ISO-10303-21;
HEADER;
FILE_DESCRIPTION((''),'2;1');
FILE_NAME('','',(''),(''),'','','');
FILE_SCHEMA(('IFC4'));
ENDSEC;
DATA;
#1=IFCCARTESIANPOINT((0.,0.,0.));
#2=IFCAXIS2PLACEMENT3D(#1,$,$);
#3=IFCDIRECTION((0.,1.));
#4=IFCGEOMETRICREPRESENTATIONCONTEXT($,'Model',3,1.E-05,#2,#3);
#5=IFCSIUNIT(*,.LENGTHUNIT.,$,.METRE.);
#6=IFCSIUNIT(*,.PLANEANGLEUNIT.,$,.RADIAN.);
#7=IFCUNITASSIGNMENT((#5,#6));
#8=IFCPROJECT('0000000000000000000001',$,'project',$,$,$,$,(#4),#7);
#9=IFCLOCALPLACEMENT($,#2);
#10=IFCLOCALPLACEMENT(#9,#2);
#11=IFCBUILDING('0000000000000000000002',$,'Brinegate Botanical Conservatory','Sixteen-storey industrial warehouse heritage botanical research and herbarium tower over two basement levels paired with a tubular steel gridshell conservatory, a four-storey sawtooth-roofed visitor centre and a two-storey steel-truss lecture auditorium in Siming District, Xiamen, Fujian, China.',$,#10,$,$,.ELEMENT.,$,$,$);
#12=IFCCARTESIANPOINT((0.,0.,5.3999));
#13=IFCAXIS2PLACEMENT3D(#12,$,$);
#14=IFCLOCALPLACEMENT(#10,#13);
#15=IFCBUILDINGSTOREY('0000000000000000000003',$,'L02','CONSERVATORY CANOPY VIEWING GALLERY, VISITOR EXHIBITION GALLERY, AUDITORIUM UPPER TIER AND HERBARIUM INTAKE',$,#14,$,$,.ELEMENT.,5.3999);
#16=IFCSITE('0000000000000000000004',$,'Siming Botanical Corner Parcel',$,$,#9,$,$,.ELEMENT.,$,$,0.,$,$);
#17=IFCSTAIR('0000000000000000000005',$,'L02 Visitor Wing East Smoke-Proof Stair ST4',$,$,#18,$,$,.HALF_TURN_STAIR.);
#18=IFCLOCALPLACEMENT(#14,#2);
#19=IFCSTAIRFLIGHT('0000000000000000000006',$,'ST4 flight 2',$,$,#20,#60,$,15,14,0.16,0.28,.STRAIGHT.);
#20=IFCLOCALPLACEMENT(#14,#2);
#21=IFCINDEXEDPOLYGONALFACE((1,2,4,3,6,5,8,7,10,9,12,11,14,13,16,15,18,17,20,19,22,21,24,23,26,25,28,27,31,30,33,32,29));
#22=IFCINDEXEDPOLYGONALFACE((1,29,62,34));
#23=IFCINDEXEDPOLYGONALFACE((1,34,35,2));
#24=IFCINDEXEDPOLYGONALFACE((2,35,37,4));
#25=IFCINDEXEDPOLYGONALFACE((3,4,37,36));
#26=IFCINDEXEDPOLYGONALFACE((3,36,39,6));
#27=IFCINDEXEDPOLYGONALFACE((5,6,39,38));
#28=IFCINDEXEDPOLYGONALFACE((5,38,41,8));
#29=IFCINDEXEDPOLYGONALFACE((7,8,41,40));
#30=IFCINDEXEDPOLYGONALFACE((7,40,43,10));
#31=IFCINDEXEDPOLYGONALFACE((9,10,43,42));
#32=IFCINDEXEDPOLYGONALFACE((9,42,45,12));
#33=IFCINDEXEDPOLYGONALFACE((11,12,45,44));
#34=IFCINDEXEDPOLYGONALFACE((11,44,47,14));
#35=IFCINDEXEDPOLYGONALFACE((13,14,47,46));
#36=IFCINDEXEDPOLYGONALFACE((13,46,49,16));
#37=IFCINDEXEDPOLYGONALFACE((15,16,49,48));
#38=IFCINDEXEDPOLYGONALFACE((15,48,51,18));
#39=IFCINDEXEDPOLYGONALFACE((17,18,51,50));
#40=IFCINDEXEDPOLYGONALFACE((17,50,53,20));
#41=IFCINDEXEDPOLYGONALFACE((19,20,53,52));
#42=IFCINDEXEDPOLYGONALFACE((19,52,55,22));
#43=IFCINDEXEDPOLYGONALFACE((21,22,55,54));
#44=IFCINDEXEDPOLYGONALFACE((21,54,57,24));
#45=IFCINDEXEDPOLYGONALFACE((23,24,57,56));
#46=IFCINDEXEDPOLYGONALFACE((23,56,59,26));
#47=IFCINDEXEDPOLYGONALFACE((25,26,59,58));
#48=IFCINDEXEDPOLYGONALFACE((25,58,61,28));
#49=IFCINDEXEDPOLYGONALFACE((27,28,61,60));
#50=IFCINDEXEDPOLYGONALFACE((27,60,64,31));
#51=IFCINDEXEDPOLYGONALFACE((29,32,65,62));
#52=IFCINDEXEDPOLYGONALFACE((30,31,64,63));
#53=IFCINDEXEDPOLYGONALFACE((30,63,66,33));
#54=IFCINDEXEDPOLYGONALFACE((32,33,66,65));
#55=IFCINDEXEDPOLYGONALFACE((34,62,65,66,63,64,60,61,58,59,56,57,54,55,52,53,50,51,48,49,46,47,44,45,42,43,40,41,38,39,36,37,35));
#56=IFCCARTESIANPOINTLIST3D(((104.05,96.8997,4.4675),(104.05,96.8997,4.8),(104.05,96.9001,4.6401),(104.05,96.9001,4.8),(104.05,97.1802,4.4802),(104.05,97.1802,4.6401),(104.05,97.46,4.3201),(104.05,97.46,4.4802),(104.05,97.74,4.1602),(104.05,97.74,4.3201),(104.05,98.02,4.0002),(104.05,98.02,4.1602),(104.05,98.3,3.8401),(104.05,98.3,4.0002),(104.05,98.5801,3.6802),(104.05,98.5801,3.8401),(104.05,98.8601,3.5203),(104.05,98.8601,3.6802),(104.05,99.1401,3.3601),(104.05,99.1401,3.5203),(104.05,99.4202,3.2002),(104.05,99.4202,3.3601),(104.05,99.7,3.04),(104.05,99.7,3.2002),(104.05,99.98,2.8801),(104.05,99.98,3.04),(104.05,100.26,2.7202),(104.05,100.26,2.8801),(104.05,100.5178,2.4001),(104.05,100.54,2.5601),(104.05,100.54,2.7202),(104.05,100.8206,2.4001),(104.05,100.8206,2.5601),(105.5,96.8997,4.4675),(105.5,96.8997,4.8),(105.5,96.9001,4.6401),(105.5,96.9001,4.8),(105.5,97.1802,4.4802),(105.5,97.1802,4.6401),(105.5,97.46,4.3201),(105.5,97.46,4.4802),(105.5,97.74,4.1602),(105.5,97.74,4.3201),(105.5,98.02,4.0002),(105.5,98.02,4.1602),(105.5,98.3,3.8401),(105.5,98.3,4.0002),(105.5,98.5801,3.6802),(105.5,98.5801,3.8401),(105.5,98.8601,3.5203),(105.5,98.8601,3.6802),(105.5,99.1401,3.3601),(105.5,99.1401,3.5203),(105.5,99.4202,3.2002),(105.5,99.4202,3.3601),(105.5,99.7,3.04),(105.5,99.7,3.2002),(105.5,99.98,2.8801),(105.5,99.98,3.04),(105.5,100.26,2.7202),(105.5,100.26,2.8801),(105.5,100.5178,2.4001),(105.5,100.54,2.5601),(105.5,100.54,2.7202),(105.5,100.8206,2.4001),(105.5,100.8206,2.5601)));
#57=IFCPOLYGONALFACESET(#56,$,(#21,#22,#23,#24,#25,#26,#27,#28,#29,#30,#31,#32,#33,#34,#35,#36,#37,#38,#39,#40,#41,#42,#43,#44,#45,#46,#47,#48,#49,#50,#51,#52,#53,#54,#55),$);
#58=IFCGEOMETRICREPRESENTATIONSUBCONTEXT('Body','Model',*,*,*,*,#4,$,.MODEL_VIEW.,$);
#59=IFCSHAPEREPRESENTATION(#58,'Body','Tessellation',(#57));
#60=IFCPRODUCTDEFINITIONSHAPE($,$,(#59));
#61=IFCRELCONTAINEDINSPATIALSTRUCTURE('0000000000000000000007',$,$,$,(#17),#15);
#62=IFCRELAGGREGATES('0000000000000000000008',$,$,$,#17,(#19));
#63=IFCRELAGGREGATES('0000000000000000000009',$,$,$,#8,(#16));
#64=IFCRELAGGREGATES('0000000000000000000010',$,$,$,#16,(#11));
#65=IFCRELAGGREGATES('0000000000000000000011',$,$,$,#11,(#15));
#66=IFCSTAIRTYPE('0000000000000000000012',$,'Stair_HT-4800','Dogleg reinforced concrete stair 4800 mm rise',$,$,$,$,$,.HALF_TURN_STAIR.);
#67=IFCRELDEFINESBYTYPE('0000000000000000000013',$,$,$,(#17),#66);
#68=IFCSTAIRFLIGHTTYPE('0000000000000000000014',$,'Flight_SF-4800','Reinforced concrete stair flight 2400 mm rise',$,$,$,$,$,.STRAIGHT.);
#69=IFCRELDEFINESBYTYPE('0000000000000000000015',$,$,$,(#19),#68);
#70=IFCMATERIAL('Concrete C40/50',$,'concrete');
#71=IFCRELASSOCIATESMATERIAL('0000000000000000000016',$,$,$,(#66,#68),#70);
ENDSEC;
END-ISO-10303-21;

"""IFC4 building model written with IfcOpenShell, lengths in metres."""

from ifc_helpers import new_model, si_unit, direction, frame, origin, place, context, subcontext, project, spatial, polyline, outline, extrude, material, type_object, element, aggregate, save


model = new_model("IFC4")

# Units and contexts
model_context = context("Model", 3, precision=1e-05, world=origin(), true_north=direction((0.0, 1.0)))
body_context = subcontext(model_context, "Body", "Model", "MODEL_VIEW")
ifc_project = project(units=[si_unit("LENGTHUNIT", "METRE"), si_unit("PLANEANGLEUNIT", "RADIAN")], contexts=[model_context])

# Site, building, storey
site_placement = place(None, origin())
site = spatial("IfcSite", under=ifc_project, at=site_placement, Name="Siming Botanical Corner Parcel", CompositionType="ELEMENT", RefElevation=0.0)
building_placement = place(site_placement, origin())
building = spatial("IfcBuilding", under=site, at=building_placement, Name="Brinegate Botanical Conservatory", Description="Sixteen-storey industrial warehouse heritage botanical research and herbarium tower over two basement levels paired with a tubular steel gridshell conservatory, a four-storey sawtooth-roofed visitor centre and a two-storey steel-truss lecture auditorium in Siming District, Xiamen, Fujian, China.", CompositionType="ELEMENT")
storey_placement = place(building_placement, frame((0.0, 0.0, 5.3999)))
storey = spatial("IfcBuildingStorey", under=building, at=storey_placement, Name="L02", Description="CONSERVATORY CANOPY VIEWING GALLERY, VISITOR EXHIBITION GALLERY, AUDITORIUM UPPER TIER AND HERBARIUM INTAKE", CompositionType="ELEMENT", Elevation=5.3999)

# Shared definitions
ifc_material_1 = material(Name="Concrete C40/50", Category="concrete")

# Stair, stair flight
stair_type = type_object("IfcStairType", Name="Stair_HT-4800", Description="Dogleg reinforced concrete stair 4800 mm rise", PredefinedType="HALF_TURN_STAIR", material=ifc_material_1)
stair_placement = place(storey_placement, origin())
stair = element("IfcStair", 1, at=stair_placement, inside=storey, type_object=stair_type, Name="L02 Visitor Wing East Smoke-Proof Stair ST4", PredefinedType="HALF_TURN_STAIR")
stair_flight_type = type_object("IfcStairFlightType", Name="Flight_SF-4800", Description="Reinforced concrete stair flight 2400 mm rise", PredefinedType="STRAIGHT", material=ifc_material_1)
stair_flight_1_placement = place(storey_placement, frame((104.7749, 100.8201, 2.4001), z_axis=(0.0, 0.0, 1.0), x_axis=(0.0, -1.0, 0.0)))
stair_flight_1 = element("IfcStairFlight", 2, at=stair_flight_1_placement, type_object=stair_flight_type, Name="ST4 flight 2", NumberOfRisers=15, NumberOfTreads=14, PredefinedType="STRAIGHT", RiserHeight=0.16, TreadLength=0.28, context=body_context, shape_type="SweptSolid", body=[
    extrude(outline(polyline([(-0.0005, 0.0), (-0.0005, 0.1599), (0.28, 0.1599), (0.28, 0.3201), (0.5601, 0.3201), (0.5601, 0.48), (0.8401, 0.48), (0.8401, 0.6399), (1.1201, 0.6399), (1.1201, 0.8), (1.3999, 0.8), (1.3999, 0.96), (1.6799, 0.96), (1.6799, 1.1201), (1.96, 1.1201), (1.96, 1.28), (2.24, 1.28), (2.24, 1.4399), (2.52, 1.4399), (2.52, 1.6001), (2.8, 1.6001), (2.8, 1.76), (3.0801, 1.76), (3.0801, 1.9199), (3.3601, 1.9199), (3.3601, 2.0801), (3.6399, 2.0801), (3.6399, 2.24), (3.9199, 2.24), (3.9199, 2.3999), (3.9204, 2.3999), (3.9204, 2.0674), (0.3022, 0.0), (-0.0005, 0.0)])), frame((0.0, 0.7251, 0.0), z_axis=(0.0, -1.0, 0.0), x_axis=(1.0, 0.0, 0.0)), (0.0, 0.0, 1.0), 1.45),
])
aggregate(stair, [stair_flight_1])

save(model, "model.ifc")
